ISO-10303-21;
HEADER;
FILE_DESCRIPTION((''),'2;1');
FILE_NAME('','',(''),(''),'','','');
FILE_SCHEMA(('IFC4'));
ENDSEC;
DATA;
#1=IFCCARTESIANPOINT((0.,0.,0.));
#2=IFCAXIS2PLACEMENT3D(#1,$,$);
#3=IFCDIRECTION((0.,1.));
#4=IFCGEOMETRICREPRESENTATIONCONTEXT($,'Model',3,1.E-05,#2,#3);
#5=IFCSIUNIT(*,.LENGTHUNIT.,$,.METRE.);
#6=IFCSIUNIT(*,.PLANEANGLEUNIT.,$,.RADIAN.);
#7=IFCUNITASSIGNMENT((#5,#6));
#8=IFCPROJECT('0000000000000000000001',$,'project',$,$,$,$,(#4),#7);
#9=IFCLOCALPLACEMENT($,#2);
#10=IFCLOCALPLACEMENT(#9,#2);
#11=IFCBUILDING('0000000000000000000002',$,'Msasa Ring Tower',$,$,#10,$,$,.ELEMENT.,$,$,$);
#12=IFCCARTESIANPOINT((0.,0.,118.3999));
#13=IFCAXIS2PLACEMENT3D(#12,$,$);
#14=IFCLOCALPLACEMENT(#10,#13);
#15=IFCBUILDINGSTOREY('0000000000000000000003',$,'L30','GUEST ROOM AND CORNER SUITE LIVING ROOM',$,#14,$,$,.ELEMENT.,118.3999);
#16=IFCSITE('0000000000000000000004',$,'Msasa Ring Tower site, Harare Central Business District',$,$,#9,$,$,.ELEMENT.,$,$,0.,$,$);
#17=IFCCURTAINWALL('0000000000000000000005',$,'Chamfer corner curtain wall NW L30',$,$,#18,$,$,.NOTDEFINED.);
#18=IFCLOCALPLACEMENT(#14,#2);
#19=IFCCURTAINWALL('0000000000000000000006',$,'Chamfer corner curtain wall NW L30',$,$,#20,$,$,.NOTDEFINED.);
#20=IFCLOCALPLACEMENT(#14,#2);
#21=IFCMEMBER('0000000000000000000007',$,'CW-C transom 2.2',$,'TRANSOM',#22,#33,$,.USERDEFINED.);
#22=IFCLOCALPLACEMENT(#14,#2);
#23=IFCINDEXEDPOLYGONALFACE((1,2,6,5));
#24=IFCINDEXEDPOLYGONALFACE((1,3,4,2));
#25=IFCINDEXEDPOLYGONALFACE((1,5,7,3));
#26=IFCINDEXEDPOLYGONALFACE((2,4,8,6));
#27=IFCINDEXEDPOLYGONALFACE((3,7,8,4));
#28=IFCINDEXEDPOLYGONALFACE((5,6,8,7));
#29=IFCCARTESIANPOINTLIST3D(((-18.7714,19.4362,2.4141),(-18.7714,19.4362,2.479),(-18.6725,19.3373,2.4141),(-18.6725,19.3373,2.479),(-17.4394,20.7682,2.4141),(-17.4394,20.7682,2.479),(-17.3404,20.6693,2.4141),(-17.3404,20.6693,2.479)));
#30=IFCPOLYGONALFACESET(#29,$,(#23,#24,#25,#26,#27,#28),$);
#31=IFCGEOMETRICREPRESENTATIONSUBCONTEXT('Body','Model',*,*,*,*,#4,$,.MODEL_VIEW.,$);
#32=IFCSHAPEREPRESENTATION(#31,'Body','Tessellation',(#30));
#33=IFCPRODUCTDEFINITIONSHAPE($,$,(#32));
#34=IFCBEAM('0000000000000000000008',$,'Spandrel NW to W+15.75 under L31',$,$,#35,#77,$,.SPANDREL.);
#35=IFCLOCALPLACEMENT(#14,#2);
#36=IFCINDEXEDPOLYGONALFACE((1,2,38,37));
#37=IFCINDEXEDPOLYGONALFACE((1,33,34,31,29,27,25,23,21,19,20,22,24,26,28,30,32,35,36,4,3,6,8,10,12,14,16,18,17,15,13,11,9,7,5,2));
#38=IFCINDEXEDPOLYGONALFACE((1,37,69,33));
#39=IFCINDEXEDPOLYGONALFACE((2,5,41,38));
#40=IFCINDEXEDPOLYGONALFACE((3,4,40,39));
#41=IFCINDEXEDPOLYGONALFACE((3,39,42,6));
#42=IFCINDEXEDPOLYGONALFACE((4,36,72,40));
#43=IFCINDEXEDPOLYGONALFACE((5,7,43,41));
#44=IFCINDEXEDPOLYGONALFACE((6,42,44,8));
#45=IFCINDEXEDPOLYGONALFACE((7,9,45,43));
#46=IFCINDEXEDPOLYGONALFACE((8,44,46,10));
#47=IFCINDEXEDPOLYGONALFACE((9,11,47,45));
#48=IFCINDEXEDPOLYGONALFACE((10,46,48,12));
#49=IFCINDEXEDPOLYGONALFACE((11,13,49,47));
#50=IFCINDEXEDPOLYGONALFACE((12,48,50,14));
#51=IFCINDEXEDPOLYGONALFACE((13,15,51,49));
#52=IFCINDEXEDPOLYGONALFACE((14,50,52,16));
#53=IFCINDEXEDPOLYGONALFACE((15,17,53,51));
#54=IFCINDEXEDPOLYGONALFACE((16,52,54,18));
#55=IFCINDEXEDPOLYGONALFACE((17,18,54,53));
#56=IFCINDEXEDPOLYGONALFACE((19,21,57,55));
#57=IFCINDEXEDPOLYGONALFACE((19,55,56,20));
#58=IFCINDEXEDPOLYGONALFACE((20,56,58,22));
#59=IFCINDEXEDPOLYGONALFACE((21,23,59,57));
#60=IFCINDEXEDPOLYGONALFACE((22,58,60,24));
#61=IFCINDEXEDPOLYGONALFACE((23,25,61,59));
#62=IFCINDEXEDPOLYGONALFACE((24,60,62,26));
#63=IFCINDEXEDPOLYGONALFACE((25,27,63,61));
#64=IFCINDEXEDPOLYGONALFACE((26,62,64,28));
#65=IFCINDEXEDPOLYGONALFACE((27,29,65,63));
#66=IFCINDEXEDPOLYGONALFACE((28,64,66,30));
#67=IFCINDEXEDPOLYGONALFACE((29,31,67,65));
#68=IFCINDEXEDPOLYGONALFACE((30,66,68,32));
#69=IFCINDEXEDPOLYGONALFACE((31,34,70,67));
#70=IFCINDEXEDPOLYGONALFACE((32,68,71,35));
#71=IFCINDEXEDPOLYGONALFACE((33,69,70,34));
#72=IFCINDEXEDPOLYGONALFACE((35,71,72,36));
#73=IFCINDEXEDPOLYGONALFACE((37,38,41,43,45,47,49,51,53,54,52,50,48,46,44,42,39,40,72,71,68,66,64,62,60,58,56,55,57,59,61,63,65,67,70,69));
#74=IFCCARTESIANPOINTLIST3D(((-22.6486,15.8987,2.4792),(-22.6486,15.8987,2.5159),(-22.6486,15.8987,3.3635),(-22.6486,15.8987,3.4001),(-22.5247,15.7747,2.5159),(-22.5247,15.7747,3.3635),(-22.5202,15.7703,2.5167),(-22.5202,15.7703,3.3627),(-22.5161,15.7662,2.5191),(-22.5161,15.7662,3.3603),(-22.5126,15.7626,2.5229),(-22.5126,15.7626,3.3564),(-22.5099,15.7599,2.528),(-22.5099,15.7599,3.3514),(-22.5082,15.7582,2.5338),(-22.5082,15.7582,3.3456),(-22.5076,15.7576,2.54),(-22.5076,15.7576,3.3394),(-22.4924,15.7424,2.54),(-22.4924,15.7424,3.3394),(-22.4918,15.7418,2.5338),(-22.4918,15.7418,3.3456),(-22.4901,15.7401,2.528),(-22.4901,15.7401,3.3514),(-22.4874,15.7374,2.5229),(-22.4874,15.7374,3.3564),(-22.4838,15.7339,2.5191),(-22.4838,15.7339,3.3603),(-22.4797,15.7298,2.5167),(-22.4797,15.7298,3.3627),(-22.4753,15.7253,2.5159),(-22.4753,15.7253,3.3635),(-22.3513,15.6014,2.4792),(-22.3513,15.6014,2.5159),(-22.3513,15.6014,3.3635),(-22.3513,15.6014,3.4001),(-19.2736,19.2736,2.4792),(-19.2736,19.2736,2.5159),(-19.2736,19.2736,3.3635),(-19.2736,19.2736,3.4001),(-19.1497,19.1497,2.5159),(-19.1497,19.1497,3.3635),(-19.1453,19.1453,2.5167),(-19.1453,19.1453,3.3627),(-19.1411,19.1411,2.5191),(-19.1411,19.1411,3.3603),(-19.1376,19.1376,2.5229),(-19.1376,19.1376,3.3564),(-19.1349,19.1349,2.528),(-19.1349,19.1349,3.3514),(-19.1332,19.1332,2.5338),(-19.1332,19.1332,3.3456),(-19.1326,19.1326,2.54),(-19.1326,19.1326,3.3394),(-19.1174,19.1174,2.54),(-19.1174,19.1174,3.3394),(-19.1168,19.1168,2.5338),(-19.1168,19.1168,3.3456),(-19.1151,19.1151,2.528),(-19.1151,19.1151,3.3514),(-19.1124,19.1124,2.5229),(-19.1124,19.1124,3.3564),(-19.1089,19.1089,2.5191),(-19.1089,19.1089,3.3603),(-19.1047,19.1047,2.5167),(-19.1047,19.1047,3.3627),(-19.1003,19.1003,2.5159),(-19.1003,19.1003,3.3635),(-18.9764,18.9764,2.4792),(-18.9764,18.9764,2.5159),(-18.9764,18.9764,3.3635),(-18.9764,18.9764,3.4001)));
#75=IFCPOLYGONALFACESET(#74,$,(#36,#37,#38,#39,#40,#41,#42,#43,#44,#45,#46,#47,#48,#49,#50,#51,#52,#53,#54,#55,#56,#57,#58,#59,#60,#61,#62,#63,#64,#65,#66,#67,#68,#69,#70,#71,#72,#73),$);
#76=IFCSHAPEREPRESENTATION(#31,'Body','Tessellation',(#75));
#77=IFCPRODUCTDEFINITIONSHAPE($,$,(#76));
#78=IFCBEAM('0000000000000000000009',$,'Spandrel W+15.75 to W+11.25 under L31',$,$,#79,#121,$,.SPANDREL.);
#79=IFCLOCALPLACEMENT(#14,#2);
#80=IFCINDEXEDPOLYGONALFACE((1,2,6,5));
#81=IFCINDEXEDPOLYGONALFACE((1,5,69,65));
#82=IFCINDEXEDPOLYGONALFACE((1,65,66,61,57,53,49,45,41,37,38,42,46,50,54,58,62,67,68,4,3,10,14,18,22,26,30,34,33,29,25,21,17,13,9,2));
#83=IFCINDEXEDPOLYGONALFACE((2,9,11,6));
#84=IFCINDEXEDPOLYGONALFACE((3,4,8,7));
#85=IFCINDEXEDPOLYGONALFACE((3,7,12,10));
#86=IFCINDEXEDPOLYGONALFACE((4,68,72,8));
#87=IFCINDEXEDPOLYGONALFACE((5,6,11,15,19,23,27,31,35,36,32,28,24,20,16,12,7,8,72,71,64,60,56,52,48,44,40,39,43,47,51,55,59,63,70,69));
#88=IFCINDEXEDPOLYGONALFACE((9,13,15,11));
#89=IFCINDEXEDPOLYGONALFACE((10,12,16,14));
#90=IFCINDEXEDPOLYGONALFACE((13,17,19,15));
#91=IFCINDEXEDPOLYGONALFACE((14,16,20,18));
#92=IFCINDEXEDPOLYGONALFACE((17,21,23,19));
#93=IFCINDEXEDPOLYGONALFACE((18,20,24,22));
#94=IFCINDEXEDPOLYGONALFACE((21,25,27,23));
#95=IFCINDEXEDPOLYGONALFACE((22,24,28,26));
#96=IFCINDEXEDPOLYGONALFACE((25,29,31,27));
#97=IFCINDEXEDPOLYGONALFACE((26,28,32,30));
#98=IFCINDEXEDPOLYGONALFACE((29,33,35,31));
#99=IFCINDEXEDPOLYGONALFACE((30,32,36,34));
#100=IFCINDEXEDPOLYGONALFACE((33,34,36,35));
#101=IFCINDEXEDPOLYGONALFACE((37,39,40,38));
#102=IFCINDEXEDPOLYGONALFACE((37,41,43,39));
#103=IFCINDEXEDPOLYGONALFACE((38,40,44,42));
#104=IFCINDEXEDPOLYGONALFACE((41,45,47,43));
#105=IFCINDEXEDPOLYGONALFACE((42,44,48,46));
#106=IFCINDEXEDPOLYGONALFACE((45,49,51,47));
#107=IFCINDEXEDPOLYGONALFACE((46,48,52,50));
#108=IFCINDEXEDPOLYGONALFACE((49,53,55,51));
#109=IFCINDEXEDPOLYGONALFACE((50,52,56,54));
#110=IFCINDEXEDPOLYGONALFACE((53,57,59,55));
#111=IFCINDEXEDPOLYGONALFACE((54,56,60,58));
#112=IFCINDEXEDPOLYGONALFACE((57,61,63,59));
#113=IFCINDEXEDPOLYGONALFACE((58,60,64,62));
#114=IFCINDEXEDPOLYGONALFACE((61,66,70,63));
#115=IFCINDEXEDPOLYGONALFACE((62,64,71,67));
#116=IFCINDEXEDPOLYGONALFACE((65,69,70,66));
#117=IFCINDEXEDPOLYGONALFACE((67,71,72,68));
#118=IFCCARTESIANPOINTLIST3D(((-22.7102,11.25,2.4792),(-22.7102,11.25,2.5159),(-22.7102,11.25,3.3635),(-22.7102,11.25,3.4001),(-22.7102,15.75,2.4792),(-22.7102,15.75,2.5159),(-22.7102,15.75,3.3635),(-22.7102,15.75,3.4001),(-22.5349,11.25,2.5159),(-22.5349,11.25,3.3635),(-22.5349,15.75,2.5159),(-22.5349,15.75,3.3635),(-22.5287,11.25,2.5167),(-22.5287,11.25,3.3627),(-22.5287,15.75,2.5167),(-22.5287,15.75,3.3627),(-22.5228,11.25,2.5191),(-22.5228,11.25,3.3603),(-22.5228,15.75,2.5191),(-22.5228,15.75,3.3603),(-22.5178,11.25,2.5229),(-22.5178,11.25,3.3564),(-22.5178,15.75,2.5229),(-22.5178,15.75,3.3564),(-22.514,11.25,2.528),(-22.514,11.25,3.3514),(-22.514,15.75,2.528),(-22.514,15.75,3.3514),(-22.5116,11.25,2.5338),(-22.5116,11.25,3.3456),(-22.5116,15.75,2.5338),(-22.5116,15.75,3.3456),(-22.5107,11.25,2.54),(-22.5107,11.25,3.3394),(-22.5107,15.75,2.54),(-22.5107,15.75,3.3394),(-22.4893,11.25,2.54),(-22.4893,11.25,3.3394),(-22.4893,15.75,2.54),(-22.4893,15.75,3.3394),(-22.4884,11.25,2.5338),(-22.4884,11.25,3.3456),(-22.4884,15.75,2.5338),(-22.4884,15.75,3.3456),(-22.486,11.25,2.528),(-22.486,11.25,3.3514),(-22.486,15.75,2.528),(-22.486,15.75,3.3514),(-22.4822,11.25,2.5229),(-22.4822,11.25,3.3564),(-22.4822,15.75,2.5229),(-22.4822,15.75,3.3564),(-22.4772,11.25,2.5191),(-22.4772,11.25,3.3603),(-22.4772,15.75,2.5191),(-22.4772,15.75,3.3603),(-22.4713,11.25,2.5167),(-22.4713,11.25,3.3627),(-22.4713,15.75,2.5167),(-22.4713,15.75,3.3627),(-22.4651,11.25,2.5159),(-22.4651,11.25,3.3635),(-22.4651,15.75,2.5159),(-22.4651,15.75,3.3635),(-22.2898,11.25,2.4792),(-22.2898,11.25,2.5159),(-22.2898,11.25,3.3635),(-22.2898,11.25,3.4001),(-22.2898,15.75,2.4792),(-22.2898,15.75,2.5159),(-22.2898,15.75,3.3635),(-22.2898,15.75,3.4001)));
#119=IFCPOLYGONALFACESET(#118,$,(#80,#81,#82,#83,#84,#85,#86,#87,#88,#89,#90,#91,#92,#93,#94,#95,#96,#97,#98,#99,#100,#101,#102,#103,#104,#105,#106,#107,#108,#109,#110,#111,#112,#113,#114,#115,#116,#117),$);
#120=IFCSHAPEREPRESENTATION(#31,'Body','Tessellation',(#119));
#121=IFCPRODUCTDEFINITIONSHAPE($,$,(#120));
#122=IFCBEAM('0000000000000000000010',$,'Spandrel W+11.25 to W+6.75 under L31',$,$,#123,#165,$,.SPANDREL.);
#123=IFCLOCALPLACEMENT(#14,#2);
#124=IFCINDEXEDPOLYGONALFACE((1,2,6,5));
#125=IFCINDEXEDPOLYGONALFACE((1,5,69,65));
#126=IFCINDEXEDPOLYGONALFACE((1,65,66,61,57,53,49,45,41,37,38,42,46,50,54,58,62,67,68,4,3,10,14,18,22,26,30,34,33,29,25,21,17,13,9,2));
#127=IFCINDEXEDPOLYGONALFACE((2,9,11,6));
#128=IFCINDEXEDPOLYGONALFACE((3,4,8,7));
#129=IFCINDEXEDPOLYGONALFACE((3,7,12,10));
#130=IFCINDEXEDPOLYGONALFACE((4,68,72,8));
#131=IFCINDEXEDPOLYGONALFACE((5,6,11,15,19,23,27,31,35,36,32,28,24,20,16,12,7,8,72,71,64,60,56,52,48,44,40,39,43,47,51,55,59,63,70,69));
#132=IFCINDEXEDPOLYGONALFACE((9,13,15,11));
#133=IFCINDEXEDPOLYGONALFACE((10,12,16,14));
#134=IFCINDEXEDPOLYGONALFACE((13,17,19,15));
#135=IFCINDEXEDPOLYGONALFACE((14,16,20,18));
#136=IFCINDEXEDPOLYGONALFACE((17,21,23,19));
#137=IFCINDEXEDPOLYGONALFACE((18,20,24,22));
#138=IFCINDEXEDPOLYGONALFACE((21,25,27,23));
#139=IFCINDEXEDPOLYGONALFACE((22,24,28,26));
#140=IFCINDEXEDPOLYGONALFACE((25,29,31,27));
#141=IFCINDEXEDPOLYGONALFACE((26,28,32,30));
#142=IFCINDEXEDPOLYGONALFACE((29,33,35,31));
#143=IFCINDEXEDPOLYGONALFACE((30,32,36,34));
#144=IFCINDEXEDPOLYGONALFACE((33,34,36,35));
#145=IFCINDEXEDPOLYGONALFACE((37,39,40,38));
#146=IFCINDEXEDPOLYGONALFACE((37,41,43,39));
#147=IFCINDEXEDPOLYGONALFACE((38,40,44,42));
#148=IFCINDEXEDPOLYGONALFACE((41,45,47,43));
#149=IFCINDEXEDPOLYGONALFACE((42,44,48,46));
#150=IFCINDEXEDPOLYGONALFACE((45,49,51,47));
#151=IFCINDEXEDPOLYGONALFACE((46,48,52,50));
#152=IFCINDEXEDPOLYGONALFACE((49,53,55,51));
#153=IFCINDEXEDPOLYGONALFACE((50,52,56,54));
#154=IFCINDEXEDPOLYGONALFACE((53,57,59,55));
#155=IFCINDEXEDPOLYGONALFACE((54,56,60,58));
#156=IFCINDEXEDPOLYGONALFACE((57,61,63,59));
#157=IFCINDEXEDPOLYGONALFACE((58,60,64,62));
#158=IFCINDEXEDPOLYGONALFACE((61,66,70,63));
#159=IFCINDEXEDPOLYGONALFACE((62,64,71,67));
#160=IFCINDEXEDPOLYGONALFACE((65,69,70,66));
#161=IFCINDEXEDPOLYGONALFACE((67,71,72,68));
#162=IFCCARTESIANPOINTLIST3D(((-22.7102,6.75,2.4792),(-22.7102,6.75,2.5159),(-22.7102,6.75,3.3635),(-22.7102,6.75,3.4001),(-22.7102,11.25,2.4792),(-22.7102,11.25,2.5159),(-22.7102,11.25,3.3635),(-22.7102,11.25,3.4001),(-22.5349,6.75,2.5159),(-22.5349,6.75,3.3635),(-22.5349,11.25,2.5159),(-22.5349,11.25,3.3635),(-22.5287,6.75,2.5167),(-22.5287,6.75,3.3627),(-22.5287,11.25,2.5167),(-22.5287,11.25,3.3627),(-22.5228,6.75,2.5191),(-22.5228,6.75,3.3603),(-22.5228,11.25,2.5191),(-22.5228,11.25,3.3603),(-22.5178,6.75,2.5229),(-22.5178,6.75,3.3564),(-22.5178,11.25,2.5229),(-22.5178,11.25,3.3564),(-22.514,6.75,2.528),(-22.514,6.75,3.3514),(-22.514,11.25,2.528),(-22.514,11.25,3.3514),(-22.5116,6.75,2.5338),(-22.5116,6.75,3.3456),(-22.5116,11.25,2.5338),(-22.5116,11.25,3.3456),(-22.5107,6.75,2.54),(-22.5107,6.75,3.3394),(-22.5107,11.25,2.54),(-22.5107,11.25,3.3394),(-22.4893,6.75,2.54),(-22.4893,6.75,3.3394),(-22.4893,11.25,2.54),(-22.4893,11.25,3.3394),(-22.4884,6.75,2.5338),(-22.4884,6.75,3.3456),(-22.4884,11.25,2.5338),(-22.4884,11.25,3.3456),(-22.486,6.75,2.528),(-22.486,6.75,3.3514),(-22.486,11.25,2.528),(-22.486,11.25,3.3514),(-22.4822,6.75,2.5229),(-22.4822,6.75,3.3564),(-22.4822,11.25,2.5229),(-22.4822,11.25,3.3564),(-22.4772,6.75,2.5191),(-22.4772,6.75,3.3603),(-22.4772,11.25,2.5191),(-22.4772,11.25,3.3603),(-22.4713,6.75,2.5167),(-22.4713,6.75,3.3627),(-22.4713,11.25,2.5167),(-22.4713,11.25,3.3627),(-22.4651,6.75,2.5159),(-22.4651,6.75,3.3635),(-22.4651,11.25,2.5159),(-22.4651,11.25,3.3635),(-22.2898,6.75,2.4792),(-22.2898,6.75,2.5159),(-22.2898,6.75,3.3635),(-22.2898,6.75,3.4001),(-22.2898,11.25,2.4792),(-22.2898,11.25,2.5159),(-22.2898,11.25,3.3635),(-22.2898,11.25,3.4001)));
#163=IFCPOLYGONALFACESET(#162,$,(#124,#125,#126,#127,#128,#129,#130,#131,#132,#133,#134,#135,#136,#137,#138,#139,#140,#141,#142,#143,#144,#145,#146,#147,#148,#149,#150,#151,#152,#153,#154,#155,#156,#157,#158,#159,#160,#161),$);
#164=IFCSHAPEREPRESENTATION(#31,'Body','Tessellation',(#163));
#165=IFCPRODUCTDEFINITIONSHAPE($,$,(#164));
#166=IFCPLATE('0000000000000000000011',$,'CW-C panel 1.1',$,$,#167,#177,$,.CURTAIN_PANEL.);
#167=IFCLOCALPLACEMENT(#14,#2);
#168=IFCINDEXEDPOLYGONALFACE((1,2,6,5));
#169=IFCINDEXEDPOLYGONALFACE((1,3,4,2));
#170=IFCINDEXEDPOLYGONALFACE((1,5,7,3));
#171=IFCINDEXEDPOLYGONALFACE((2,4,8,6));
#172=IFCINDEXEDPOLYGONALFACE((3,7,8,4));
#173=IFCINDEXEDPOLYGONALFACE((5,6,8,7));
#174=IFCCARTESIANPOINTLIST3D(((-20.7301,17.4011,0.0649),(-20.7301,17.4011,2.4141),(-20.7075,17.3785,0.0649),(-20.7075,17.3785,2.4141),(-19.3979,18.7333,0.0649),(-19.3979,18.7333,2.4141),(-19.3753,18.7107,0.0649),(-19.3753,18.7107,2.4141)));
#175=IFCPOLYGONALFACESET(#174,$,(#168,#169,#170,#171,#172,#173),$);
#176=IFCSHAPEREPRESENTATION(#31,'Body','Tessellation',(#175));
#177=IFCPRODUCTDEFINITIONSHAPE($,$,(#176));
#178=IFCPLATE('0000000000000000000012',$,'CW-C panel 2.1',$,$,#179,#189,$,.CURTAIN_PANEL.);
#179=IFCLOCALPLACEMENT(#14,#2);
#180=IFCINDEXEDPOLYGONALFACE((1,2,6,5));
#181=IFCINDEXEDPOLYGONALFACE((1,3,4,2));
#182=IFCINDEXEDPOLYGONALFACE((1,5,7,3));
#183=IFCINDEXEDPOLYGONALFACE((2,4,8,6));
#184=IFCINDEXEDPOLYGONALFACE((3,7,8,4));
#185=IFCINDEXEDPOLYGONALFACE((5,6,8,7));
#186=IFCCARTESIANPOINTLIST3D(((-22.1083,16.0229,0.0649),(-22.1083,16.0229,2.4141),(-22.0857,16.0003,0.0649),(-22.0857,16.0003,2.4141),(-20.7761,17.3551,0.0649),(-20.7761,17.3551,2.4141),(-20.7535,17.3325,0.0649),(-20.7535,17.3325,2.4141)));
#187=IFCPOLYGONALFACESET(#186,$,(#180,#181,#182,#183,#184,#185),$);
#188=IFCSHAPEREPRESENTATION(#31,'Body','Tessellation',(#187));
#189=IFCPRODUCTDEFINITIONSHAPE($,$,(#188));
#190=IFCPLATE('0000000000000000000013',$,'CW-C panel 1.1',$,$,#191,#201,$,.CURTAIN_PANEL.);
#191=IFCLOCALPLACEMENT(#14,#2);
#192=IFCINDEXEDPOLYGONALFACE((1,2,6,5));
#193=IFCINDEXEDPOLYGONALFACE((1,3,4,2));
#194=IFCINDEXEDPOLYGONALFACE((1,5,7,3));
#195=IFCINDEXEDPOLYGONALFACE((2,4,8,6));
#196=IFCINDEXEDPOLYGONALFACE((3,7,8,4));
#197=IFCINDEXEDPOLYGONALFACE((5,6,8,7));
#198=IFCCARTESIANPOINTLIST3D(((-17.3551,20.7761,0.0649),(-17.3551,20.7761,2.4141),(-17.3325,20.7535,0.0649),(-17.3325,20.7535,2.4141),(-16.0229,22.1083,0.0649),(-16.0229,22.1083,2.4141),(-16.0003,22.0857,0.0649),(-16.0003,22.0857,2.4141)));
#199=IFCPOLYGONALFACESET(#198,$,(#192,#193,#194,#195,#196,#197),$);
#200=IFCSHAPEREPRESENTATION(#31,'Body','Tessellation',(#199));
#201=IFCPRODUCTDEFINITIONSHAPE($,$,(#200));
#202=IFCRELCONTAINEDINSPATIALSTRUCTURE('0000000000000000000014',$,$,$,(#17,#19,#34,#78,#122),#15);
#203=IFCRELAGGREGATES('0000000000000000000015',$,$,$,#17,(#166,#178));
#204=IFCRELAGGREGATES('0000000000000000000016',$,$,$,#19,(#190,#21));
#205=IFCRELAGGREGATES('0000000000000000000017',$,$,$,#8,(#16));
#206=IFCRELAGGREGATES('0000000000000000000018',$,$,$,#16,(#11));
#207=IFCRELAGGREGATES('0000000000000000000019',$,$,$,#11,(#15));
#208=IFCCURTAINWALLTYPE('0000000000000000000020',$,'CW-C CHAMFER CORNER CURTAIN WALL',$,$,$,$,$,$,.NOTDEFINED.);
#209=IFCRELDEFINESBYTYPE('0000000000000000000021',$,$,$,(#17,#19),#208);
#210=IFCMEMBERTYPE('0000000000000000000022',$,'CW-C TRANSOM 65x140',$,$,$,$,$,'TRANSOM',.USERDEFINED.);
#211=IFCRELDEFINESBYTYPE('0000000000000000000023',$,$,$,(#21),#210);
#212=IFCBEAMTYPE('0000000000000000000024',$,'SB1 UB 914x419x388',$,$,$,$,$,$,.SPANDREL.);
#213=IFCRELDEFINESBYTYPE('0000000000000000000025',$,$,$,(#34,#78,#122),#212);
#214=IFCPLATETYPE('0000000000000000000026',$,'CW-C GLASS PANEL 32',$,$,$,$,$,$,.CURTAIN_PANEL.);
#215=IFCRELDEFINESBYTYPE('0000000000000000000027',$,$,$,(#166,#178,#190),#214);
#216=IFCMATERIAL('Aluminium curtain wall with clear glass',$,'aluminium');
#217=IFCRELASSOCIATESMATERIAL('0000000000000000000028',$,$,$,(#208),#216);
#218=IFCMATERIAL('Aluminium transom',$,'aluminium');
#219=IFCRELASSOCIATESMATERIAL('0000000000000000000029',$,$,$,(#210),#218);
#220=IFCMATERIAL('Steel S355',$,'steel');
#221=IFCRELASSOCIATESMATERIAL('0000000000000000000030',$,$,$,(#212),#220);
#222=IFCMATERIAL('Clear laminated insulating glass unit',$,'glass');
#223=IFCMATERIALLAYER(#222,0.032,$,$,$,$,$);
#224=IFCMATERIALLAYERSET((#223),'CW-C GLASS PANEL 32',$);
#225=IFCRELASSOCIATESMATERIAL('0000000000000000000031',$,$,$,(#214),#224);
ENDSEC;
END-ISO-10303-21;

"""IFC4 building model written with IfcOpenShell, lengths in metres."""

from ifc_helpers import new_model, si_unit, direction, frame, origin, origin_2d, place, context, subcontext, project, spatial, rectangle, i_section, extrude, material, layer, layer_set, material_profile, profile_set, type_object, element, aggregate, save


model = new_model("IFC4")

# Units and contexts
model_context = context("Model", 3, precision=1e-05, world=origin(), true_north=direction((0.0, 1.0)))
body_context = subcontext(model_context, "Body", "Model", "MODEL_VIEW")
ifc_project = project(units=[si_unit("LENGTHUNIT", "METRE"), si_unit("PLANEANGLEUNIT", "RADIAN")], contexts=[model_context])

# Site, building, storey
site_placement = place(None, origin())
site = spatial("IfcSite", under=ifc_project, at=site_placement, Name="Msasa Ring Tower site, Harare Central Business District", CompositionType="ELEMENT", RefElevation=0.0)
building_placement = place(site_placement, origin())
building = spatial("IfcBuilding", under=site, at=building_placement, Name="Msasa Ring Tower", CompositionType="ELEMENT")
storey_placement = place(building_placement, frame((0.0, 0.0, 118.3999)))
storey = spatial("IfcBuildingStorey", under=building, at=storey_placement, Name="L30", Description="GUEST ROOM AND CORNER SUITE LIVING ROOM", CompositionType="ELEMENT", Elevation=118.3999)

# Curtain walls
ifc_material_1 = material(Name="Aluminium curtain wall with clear glass", Category="aluminium")
curtain_wall_type = type_object("IfcCurtainWallType", Name="CW-C CHAMFER CORNER CURTAIN WALL", PredefinedType="NOTDEFINED", material=ifc_material_1)
curtain_wall_1_placement = place(storey_placement, origin())
curtain_wall_1 = element("IfcCurtainWall", 1, at=curtain_wall_1_placement, inside=storey, type_object=curtain_wall_type, Name="Chamfer corner curtain wall NW L30", PredefinedType="NOTDEFINED")
curtain_wall_2_placement = place(storey_placement, origin())
curtain_wall_2 = element("IfcCurtainWall", 2, at=curtain_wall_2_placement, inside=storey, type_object=curtain_wall_type, Name="Chamfer corner curtain wall NW L30", PredefinedType="NOTDEFINED")

# Member
ifc_material_2 = material(Name="Aluminium transom", Category="aluminium")
ifc_material_profile_1 = material_profile(ifc_material_2, rectangle(XDim=0.1399, YDim=0.0649, at=origin_2d()), Name="AL 65x140")
ifc_profile_set_1 = profile_set([ifc_material_profile_1], Name="Aluminium transom")
member_type_1 = type_object("IfcMemberType", Name="CW-C TRANSOM 65x140", ElementType="TRANSOM", PredefinedType="USERDEFINED", material=ifc_profile_set_1)
member_1_placement = place(storey_placement, frame((-17.3899, 20.7188, 2.4465), z_axis=(-0.707107, -0.707107, 0.0), x_axis=(0.707107, -0.707107, 0.0)))
member_1 = element("IfcMember", 3, at=member_1_placement, type_object=member_type_1, Name="CW-C transom 2.2", ObjectType="TRANSOM", PredefinedType="USERDEFINED", context=body_context, shape_type="SweptSolid", body=[
    extrude(rectangle(XDim=0.1399, YDim=0.0649, at=origin_2d()), origin(), (0.0, 0.0, 1.0), 1.8838),
])

# Beams
ifc_material_3 = material(Name="Steel S355", Category="steel")
ifc_material_profile_2 = material_profile(ifc_material_3, i_section(OverallWidth=0.4204, OverallDepth=0.9209, WebThickness=0.0215, FlangeThickness=0.0366, FilletRadius=0.0242, at=origin_2d()), Name="UB 914x419x388")
ifc_profile_set_2 = profile_set([ifc_material_profile_2], Name="Steel S355")
beam_type = type_object("IfcBeamType", Name="SB1 UB 914x419x388", PredefinedType="SPANDREL", material=ifc_profile_set_2)
beam_placement = place(storey_placement, frame((-19.125, 19.125, 2.9397), z_axis=(-0.707107, -0.707107, 0.0), x_axis=(0.707107, -0.707107, 0.0)))
element("IfcBeam", 4, at=beam_placement, inside=storey, type_object=beam_type, Name="Spandrel NW to W+15.75 under L31", PredefinedType="SPANDREL", context=body_context, shape_type="SweptSolid", body=[
    extrude(i_section(OverallWidth=0.4204, OverallDepth=0.9209, WebThickness=0.0215, FlangeThickness=0.0366, FilletRadius=0.0242, at=origin_2d()), origin(), (0.0, 0.0, 1.0), 4.7729),
])
for number, where, z_axis, x_axis, name in (
    (5, (-22.5, 15.75, 2.9397), (0.0, -1.0, 0.0), (1.0, 0.0, 0.0), "Spandrel W+15.75 to W+11.25 under L31"),
    (6, (-22.5, 11.25, 2.9397), (0.0, -1.0, 0.0), (1.0, 0.0, 0.0), "Spandrel W+11.25 to W+6.75 under L31"),
):
    element("IfcBeam", number, at=place(storey_placement, frame(where, z_axis=z_axis, x_axis=x_axis)), inside=storey, type_object=beam_type, Name=name, PredefinedType="SPANDREL", context=body_context, shape_type="SweptSolid", body=[
        extrude(i_section(OverallWidth=0.4204, OverallDepth=0.9209, WebThickness=0.0215, FlangeThickness=0.0366, FilletRadius=0.0242, at=origin_2d()), origin(), (0.0, 0.0, 1.0), 4.5),
    ])

# Plates
ifc_material_4 = material(Name="Clear laminated insulating glass unit", Category="glass")
ifc_layer_1 = layer(ifc_material_4, 0.032)
ifc_layer_set_1 = layer_set([ifc_layer_1], Name="CW-C GLASS PANEL 32")
plate_type = type_object("IfcPlateType", Name="CW-C GLASS PANEL 32", PredefinedType="CURTAIN_PANEL", material=ifc_layer_set_1)
plate_1_placement = place(storey_placement, frame((-20.0527, 18.0559, 0.0649), z_axis=(0.0, 0.0, 1.0), x_axis=(-0.707107, -0.707107, 0.0)))
plate_1 = element("IfcPlate", 7, at=plate_1_placement, type_object=plate_type, Name="CW-C panel 1.1", PredefinedType="CURTAIN_PANEL", context=body_context, shape_type="SweptSolid", body=[
    extrude(rectangle(XDim=1.884, YDim=0.032, at=origin_2d()), origin(), (0.0, 0.0, 1.0), 2.3491),
])
plate_2_placement = place(storey_placement, frame((-21.4309, 16.6777, 0.0649), z_axis=(0.0, 0.0, 1.0), x_axis=(-0.707107, -0.707107, 0.0)))
plate_2 = element("IfcPlate", 8, at=plate_2_placement, type_object=plate_type, Name="CW-C panel 2.1", PredefinedType="CURTAIN_PANEL", context=body_context, shape_type="SweptSolid", body=[
    extrude(rectangle(XDim=1.884, YDim=0.032, at=origin_2d()), origin(), (0.0, 0.0, 1.0), 2.3491),
])
aggregate(curtain_wall_1, [plate_1, plate_2])
plate_3_placement = place(storey_placement, frame((-16.6777, 21.4309, 0.0649), z_axis=(0.0, 0.0, 1.0), x_axis=(-0.707107, -0.707107, 0.0)))
plate_3 = element("IfcPlate", 9, at=plate_3_placement, type_object=plate_type, Name="CW-C panel 1.1", PredefinedType="CURTAIN_PANEL", context=body_context, shape_type="SweptSolid", body=[
    extrude(rectangle(XDim=1.884, YDim=0.032, at=origin_2d()), origin(), (0.0, 0.0, 1.0), 2.3491),
])
aggregate(curtain_wall_2, [plate_3, member_1])

save(model, "model.ifc")
